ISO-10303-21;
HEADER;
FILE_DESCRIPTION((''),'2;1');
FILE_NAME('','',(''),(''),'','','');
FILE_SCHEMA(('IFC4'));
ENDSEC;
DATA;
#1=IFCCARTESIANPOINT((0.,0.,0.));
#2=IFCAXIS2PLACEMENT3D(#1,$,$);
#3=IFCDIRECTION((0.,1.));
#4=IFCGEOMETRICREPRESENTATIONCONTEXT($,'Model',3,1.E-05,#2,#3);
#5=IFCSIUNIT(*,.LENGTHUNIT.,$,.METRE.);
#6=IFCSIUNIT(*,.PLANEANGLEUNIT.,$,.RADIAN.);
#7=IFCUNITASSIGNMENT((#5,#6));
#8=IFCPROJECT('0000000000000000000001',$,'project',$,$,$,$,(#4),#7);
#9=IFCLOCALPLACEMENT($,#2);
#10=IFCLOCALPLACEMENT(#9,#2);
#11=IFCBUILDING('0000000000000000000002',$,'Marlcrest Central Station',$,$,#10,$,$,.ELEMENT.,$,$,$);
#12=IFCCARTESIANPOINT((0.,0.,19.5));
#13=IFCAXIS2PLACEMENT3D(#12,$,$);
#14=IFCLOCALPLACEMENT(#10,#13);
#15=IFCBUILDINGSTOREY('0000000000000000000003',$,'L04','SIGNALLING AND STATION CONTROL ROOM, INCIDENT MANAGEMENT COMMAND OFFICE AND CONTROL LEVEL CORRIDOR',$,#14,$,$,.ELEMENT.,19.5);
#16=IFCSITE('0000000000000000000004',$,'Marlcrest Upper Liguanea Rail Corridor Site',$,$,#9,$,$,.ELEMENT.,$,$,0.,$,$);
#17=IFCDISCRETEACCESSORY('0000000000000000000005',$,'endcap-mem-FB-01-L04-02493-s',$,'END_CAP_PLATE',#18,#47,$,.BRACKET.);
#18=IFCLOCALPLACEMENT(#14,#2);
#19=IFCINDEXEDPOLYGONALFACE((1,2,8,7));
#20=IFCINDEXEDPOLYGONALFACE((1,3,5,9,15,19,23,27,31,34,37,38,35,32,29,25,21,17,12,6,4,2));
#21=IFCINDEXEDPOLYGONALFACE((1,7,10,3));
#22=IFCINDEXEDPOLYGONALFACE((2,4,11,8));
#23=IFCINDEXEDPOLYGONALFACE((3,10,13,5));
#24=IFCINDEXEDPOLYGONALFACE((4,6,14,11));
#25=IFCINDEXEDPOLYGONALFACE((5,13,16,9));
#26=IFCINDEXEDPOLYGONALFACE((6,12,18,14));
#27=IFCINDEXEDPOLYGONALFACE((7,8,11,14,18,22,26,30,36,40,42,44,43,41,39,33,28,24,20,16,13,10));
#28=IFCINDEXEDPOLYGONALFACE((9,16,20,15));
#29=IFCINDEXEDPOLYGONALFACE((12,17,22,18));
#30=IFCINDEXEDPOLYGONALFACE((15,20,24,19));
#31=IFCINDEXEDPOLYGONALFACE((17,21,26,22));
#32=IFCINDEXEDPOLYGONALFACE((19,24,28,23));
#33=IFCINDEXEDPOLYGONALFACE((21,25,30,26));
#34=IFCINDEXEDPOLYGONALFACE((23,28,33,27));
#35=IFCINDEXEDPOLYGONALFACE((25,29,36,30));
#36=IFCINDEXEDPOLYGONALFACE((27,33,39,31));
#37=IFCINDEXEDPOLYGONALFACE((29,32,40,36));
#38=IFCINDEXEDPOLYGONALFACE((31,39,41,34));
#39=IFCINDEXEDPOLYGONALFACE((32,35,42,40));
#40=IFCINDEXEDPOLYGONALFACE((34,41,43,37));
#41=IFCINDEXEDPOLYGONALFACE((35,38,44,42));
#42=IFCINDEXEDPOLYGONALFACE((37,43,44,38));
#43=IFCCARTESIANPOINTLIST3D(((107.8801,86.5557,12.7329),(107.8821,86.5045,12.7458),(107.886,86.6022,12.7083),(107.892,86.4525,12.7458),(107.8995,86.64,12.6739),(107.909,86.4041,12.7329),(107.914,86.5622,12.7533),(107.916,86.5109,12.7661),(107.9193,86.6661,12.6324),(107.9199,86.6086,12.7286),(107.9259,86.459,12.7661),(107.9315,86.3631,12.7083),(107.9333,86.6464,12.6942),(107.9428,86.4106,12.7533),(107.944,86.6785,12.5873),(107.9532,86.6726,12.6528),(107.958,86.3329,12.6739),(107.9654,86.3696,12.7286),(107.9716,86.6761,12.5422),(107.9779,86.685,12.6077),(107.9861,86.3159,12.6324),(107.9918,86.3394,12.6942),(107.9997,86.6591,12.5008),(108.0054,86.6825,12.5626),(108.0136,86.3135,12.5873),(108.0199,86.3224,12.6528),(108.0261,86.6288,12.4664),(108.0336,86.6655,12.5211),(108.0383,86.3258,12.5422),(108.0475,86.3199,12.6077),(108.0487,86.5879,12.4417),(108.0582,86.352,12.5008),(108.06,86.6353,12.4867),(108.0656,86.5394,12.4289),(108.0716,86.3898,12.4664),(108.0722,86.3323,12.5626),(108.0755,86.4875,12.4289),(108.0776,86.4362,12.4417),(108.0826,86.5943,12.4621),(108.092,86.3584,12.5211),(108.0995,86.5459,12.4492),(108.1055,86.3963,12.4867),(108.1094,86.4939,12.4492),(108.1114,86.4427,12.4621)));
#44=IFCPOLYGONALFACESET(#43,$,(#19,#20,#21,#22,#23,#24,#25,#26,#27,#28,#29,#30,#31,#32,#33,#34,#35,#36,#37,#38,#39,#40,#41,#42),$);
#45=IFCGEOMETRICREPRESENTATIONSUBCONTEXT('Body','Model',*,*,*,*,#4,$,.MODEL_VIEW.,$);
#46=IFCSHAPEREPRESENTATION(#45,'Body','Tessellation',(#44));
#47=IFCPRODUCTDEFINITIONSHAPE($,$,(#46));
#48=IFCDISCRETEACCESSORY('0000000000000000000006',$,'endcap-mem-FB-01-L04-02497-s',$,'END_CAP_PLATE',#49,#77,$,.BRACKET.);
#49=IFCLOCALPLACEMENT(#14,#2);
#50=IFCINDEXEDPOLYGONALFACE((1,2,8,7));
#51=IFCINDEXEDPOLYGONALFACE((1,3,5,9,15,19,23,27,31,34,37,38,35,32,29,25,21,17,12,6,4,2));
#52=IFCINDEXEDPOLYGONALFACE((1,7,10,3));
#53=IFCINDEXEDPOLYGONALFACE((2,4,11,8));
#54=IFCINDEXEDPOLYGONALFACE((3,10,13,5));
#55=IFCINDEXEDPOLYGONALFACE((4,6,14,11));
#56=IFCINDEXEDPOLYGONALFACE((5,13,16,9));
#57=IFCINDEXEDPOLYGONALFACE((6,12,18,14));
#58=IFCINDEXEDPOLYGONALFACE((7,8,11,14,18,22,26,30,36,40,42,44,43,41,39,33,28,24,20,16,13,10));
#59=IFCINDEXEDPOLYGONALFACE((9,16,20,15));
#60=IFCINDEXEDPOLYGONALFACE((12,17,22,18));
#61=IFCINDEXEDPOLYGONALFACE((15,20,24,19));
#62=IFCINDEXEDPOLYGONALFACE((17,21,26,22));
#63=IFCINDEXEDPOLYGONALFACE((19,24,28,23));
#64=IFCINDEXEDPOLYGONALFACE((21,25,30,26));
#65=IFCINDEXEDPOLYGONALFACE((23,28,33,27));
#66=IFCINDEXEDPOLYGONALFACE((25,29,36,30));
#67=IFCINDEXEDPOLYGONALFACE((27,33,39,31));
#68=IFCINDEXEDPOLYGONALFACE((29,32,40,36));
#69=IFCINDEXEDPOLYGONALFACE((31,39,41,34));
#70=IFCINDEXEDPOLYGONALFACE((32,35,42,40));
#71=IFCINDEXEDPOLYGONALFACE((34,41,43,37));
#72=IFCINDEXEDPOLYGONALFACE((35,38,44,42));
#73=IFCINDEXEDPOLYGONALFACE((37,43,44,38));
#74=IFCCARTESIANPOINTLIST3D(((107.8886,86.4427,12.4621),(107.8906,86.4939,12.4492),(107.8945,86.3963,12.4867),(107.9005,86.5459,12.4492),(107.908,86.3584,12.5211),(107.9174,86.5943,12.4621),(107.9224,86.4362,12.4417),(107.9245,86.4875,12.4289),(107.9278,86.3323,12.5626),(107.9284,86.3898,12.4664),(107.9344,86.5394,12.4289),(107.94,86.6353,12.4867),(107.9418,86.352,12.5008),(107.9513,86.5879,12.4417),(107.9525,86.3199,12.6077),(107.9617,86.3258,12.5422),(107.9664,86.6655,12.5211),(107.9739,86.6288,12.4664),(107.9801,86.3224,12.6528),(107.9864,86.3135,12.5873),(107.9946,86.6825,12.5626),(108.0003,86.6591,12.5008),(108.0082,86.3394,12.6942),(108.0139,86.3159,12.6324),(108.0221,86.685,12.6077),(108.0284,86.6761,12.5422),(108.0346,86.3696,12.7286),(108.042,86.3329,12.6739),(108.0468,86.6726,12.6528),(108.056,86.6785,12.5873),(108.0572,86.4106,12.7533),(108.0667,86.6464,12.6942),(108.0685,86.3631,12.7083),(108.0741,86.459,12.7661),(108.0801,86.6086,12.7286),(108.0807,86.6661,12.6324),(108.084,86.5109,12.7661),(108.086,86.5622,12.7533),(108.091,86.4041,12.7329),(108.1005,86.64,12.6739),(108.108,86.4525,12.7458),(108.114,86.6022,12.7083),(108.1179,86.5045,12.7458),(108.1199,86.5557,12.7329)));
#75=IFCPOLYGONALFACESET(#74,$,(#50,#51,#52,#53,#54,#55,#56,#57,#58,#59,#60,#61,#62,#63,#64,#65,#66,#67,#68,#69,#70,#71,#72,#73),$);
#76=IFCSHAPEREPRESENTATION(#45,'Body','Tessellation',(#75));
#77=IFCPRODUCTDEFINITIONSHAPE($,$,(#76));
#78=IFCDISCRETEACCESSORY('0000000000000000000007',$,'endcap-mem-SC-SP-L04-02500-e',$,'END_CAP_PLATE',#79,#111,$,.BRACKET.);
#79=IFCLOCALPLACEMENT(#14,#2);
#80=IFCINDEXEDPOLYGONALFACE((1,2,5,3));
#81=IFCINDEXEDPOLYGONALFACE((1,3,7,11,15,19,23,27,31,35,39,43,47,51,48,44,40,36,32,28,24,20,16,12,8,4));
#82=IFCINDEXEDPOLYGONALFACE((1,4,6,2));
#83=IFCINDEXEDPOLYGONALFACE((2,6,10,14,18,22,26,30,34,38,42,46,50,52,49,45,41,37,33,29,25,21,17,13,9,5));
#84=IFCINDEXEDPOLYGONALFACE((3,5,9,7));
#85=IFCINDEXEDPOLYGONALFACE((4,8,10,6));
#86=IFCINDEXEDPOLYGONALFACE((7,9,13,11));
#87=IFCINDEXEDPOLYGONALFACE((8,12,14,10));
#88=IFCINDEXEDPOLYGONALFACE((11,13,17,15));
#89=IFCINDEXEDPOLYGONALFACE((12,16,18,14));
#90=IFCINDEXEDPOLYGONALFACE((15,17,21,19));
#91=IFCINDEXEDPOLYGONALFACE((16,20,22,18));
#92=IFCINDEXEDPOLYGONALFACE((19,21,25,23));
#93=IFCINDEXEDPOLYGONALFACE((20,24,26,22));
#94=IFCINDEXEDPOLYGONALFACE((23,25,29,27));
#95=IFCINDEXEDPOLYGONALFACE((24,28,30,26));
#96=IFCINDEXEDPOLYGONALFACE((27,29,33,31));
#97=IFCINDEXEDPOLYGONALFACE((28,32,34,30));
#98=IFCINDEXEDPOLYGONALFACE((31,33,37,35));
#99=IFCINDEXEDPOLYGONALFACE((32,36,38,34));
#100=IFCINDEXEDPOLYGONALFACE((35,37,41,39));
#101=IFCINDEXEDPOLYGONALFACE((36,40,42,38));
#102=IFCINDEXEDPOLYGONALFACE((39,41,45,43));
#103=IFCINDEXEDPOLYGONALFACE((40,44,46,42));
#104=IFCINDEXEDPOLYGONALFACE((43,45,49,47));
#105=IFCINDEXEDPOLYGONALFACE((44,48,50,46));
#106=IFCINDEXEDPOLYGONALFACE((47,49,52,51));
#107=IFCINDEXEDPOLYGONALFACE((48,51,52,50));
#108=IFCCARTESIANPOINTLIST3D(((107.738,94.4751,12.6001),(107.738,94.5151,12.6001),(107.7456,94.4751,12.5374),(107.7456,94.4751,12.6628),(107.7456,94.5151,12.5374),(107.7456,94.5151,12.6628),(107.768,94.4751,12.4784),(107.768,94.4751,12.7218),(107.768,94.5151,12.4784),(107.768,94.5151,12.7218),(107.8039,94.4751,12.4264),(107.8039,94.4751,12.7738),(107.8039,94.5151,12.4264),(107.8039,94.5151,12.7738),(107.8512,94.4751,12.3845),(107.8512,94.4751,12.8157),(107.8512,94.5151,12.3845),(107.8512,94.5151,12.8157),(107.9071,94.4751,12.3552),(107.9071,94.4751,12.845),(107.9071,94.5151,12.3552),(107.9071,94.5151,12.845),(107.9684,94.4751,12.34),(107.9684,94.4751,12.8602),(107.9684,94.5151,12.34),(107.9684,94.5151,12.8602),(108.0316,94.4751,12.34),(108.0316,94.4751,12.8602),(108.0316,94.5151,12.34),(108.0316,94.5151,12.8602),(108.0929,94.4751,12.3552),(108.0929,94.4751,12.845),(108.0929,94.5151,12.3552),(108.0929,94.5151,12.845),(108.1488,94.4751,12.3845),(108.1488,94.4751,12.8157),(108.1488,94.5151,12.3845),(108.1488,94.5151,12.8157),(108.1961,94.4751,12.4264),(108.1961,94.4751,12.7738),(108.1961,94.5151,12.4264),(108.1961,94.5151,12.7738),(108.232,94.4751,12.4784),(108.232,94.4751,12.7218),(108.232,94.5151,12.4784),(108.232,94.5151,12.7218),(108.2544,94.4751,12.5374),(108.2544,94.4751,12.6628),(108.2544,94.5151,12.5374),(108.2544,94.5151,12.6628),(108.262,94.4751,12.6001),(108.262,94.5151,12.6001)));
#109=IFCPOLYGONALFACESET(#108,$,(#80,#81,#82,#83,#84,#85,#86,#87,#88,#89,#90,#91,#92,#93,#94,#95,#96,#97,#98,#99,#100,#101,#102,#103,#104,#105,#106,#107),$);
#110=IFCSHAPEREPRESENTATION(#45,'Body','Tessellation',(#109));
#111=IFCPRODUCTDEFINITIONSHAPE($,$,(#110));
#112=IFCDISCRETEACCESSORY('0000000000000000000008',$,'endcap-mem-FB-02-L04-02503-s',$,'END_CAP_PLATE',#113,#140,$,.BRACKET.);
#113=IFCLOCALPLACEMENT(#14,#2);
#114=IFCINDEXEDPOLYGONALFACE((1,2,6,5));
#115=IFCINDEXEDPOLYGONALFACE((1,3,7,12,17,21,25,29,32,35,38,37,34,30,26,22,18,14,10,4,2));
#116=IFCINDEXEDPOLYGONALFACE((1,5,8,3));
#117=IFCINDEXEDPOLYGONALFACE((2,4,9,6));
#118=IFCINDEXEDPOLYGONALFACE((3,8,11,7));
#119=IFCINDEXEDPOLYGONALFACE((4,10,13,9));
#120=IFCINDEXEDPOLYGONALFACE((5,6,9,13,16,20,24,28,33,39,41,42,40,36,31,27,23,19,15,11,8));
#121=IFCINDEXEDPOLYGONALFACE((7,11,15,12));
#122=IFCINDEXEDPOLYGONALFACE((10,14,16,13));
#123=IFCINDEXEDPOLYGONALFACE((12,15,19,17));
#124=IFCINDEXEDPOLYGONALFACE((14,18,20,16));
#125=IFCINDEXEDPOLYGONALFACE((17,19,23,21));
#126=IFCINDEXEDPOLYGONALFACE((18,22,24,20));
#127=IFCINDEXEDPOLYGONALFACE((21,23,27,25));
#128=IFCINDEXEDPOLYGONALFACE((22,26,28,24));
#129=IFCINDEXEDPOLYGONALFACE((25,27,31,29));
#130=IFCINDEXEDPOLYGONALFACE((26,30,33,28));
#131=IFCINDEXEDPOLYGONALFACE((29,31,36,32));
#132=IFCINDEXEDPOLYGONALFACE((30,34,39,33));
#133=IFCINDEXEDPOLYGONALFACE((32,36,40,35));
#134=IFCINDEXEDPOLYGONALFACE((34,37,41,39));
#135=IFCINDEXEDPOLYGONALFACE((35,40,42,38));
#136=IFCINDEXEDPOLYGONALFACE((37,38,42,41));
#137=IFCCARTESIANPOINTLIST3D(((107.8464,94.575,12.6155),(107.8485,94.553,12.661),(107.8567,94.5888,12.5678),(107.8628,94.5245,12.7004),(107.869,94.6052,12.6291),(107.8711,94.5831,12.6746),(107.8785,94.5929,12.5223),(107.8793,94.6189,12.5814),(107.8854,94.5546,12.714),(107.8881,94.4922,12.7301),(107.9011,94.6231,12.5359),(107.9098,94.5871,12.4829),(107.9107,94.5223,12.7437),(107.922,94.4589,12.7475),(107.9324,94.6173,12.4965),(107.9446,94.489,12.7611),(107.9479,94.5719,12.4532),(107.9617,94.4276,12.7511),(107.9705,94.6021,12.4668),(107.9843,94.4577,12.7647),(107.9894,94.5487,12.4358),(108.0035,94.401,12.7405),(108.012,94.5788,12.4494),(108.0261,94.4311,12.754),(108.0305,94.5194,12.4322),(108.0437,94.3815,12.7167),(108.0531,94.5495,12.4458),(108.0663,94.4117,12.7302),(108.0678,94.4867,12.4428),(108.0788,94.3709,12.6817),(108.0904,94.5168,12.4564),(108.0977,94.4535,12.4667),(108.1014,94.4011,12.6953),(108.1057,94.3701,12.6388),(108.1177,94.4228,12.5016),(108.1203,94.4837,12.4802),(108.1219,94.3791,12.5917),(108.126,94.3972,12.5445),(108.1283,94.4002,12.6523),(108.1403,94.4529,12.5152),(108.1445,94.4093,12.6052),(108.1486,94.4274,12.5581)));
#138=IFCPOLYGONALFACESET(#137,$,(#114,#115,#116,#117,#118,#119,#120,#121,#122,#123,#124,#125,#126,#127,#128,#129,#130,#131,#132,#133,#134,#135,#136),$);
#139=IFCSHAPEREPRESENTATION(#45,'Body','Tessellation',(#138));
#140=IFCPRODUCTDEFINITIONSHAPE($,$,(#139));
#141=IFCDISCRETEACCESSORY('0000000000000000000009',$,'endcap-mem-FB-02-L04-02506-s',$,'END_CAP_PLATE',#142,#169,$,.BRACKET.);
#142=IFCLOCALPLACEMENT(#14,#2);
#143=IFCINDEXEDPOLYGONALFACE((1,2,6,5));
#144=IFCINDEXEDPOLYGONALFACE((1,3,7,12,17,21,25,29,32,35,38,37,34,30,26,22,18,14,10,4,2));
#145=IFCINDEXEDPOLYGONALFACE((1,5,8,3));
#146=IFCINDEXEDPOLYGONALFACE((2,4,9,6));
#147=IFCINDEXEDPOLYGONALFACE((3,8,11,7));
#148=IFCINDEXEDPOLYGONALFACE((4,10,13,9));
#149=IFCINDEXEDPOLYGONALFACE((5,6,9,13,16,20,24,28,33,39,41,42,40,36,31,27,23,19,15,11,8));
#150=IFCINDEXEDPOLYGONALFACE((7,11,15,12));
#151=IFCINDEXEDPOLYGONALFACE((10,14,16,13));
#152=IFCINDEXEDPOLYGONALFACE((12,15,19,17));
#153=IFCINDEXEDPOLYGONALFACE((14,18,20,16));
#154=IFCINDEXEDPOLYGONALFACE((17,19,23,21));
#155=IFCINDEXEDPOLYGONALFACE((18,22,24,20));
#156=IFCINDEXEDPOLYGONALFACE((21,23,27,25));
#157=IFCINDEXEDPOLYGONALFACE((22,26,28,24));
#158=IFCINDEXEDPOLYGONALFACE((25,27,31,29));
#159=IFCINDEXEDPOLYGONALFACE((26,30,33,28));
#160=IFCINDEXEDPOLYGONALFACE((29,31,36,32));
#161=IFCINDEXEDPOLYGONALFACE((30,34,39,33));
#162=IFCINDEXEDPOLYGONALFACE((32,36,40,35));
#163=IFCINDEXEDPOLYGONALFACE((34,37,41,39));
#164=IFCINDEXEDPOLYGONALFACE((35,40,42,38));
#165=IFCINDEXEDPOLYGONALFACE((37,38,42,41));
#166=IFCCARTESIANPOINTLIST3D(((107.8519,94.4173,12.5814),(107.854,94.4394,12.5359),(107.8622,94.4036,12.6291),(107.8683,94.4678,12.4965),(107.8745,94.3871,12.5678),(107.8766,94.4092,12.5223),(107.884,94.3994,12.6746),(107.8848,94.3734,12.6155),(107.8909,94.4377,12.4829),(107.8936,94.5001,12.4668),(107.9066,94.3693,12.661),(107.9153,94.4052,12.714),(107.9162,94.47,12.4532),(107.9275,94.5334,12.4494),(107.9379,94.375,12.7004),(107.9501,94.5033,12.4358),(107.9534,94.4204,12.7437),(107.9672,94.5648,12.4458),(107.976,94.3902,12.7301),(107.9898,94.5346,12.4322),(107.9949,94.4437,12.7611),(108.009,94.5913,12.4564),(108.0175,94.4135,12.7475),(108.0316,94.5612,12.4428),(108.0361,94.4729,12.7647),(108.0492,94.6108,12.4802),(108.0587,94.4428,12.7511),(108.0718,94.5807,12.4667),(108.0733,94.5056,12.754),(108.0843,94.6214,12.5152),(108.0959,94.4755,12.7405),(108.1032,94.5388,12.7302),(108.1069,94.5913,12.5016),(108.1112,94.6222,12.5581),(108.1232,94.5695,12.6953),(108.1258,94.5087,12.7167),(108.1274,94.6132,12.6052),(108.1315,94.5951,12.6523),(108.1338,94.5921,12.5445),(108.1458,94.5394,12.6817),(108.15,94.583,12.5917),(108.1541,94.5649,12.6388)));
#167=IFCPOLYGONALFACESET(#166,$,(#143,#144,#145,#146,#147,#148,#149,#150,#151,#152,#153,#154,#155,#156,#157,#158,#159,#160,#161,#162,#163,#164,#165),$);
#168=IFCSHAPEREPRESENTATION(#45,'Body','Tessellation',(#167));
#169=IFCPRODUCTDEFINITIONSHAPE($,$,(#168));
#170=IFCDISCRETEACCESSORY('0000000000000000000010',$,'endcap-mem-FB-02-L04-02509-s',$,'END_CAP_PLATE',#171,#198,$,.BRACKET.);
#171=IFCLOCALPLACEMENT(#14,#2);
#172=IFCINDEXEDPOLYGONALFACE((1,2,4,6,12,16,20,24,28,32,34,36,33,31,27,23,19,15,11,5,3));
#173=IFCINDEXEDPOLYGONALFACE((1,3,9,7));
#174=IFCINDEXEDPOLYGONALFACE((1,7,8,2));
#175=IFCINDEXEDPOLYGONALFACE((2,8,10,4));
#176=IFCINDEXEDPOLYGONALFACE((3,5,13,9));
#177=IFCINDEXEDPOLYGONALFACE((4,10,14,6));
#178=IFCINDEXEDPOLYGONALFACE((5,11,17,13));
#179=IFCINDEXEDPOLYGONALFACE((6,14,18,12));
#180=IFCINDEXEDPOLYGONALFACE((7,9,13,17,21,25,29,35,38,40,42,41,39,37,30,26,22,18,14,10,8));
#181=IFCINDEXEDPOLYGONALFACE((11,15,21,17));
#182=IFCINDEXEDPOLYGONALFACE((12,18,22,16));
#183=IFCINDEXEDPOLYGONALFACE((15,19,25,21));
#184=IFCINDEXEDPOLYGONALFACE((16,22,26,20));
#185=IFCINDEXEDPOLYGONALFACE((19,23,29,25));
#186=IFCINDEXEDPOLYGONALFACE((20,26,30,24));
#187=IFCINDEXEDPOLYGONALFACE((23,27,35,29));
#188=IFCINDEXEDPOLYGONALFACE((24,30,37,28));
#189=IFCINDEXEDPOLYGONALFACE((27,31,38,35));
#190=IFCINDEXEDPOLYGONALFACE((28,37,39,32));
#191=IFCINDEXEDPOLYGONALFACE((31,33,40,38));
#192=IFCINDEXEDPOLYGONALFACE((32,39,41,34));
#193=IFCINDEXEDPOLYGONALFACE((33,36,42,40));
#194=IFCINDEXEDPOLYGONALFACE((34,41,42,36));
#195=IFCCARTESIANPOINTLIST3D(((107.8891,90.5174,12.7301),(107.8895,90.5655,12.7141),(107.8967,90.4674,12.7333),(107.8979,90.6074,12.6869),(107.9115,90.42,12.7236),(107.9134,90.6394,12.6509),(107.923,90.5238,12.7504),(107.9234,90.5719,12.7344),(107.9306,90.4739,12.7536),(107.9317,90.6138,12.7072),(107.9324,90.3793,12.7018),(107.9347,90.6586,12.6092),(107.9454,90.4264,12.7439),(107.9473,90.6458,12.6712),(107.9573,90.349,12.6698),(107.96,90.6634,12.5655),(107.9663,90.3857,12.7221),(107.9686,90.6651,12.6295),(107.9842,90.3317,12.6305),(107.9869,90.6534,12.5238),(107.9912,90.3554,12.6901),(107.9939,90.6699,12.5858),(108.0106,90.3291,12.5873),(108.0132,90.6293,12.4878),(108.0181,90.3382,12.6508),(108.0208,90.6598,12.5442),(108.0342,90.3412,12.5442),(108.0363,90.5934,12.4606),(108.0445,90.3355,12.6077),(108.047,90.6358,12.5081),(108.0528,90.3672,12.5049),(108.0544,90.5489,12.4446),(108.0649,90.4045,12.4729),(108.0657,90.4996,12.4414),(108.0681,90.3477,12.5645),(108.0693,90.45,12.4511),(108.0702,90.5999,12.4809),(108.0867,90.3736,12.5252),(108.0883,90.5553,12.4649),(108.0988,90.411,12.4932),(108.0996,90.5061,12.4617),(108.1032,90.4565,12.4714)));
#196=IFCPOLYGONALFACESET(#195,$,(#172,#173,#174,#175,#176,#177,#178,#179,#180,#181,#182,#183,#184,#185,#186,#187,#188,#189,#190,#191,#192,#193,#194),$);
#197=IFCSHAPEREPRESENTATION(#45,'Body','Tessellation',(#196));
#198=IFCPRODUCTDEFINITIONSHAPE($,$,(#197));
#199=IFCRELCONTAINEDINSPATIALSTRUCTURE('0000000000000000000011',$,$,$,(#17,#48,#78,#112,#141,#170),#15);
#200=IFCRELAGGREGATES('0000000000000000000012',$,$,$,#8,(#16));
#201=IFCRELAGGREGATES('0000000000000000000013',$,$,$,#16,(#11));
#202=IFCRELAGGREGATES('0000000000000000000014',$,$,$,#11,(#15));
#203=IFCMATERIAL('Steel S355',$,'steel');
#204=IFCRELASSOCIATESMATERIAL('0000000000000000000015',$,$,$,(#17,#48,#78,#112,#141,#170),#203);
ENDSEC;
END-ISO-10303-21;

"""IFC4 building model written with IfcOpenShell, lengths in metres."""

from ifc_helpers import new_model, si_unit, direction, frame, origin, origin_2d, place, context, subcontext, project, spatial, circle, extrude, material, element, save


model = new_model("IFC4")

# Units and contexts
model_context = context("Model", 3, precision=1e-05, world=origin(), true_north=direction((0.0, 1.0)))
body_context = subcontext(model_context, "Body", "Model", "MODEL_VIEW")
ifc_project = project(units=[si_unit("LENGTHUNIT", "METRE"), si_unit("PLANEANGLEUNIT", "RADIAN")], contexts=[model_context])

# Site, building, storey
site_placement = place(None, origin())
site = spatial("IfcSite", under=ifc_project, at=site_placement, Name="Marlcrest Upper Liguanea Rail Corridor Site", CompositionType="ELEMENT", RefElevation=0.0)
building_placement = place(site_placement, origin())
building = spatial("IfcBuilding", under=site, at=building_placement, Name="Marlcrest Central Station", CompositionType="ELEMENT")
storey_placement = place(building_placement, frame((0.0, 0.0, 19.5)))
storey = spatial("IfcBuildingStorey", under=building, at=storey_placement, Name="L04", Description="SIGNALLING AND STATION CONTROL ROOM, INCIDENT MANAGEMENT COMMAND OFFICE AND CONTROL LEVEL CORRIDOR", CompositionType="ELEMENT", Elevation=19.5)

# Discrete accessories
ifc_material_1 = material(Name="Steel S355", Category="steel")
for number, where, z_axis, x_axis, name in (
    (1, (108.0127, 86.5024, 12.6077), (-0.846277, -0.161196, -0.50777), (0.187112, -0.982339, 0.0), "endcap-mem-FB-01-L04-02493-s"),
    (2, (107.9873, 86.5024, 12.6077), (0.846277, -0.161196, -0.50777), (0.187112, 0.982339, 0.0), "endcap-mem-FB-01-L04-02497-s"),
):
    element("IfcDiscreteAccessory", number, at=place(storey_placement, frame(where, z_axis=z_axis, x_axis=x_axis)), inside=storey, material=ifc_material_1, Name=name, ObjectType="END_CAP_PLATE", PredefinedType="BRACKET", context=body_context, shape_type="SweptSolid", body=[
        extrude(circle(Radius=0.1858, at=origin_2d()), origin(), (0.0, 0.0, 1.0), 0.04),
    ])
discrete_accessory_1_placement = place(storey_placement, frame((108.0, 94.4751, 12.6001), z_axis=(0.0, 1.0, 0.0), x_axis=(-1.0, 0.0, 0.0)))
element("IfcDiscreteAccessory", 3, at=discrete_accessory_1_placement, inside=storey, material=ifc_material_1, Name="endcap-mem-SC-SP-L04-02500-e", ObjectType="END_CAP_PLATE", PredefinedType="BRACKET", context=body_context, shape_type="SweptSolid", body=[
    extrude(circle(Radius=0.262, at=origin_2d()), origin(), (0.0, 0.0, 1.0), 0.04),
])
for number, where, z_axis, x_axis, name in (
    (4, (108.0085, 94.5112, 12.6052), (-0.564531, -0.752708, -0.338728), (0.8, -0.6, 0.0), "endcap-mem-FB-02-L04-02503-s"),
    (5, (107.9915, 94.5112, 12.6052), (0.564531, -0.752708, -0.338728), (0.8, 0.6, 0.0), "endcap-mem-FB-02-L04-02506-s"),
    (6, (108.0127, 90.5024, 12.6077), (-0.846277, -0.161196, -0.50777), (0.187112, -0.982339, 0.0), "endcap-mem-FB-02-L04-02509-s"),
):
    element("IfcDiscreteAccessory", number, at=place(storey_placement, frame(where, z_axis=z_axis, x_axis=x_axis)), inside=storey, material=ifc_material_1, Name=name, ObjectType="END_CAP_PLATE", PredefinedType="BRACKET", context=body_context, shape_type="SweptSolid", body=[
        extrude(circle(Radius=0.1699, at=origin_2d()), origin(), (0.0, 0.0, 1.0), 0.04),
    ])

save(model, "model.ifc")
